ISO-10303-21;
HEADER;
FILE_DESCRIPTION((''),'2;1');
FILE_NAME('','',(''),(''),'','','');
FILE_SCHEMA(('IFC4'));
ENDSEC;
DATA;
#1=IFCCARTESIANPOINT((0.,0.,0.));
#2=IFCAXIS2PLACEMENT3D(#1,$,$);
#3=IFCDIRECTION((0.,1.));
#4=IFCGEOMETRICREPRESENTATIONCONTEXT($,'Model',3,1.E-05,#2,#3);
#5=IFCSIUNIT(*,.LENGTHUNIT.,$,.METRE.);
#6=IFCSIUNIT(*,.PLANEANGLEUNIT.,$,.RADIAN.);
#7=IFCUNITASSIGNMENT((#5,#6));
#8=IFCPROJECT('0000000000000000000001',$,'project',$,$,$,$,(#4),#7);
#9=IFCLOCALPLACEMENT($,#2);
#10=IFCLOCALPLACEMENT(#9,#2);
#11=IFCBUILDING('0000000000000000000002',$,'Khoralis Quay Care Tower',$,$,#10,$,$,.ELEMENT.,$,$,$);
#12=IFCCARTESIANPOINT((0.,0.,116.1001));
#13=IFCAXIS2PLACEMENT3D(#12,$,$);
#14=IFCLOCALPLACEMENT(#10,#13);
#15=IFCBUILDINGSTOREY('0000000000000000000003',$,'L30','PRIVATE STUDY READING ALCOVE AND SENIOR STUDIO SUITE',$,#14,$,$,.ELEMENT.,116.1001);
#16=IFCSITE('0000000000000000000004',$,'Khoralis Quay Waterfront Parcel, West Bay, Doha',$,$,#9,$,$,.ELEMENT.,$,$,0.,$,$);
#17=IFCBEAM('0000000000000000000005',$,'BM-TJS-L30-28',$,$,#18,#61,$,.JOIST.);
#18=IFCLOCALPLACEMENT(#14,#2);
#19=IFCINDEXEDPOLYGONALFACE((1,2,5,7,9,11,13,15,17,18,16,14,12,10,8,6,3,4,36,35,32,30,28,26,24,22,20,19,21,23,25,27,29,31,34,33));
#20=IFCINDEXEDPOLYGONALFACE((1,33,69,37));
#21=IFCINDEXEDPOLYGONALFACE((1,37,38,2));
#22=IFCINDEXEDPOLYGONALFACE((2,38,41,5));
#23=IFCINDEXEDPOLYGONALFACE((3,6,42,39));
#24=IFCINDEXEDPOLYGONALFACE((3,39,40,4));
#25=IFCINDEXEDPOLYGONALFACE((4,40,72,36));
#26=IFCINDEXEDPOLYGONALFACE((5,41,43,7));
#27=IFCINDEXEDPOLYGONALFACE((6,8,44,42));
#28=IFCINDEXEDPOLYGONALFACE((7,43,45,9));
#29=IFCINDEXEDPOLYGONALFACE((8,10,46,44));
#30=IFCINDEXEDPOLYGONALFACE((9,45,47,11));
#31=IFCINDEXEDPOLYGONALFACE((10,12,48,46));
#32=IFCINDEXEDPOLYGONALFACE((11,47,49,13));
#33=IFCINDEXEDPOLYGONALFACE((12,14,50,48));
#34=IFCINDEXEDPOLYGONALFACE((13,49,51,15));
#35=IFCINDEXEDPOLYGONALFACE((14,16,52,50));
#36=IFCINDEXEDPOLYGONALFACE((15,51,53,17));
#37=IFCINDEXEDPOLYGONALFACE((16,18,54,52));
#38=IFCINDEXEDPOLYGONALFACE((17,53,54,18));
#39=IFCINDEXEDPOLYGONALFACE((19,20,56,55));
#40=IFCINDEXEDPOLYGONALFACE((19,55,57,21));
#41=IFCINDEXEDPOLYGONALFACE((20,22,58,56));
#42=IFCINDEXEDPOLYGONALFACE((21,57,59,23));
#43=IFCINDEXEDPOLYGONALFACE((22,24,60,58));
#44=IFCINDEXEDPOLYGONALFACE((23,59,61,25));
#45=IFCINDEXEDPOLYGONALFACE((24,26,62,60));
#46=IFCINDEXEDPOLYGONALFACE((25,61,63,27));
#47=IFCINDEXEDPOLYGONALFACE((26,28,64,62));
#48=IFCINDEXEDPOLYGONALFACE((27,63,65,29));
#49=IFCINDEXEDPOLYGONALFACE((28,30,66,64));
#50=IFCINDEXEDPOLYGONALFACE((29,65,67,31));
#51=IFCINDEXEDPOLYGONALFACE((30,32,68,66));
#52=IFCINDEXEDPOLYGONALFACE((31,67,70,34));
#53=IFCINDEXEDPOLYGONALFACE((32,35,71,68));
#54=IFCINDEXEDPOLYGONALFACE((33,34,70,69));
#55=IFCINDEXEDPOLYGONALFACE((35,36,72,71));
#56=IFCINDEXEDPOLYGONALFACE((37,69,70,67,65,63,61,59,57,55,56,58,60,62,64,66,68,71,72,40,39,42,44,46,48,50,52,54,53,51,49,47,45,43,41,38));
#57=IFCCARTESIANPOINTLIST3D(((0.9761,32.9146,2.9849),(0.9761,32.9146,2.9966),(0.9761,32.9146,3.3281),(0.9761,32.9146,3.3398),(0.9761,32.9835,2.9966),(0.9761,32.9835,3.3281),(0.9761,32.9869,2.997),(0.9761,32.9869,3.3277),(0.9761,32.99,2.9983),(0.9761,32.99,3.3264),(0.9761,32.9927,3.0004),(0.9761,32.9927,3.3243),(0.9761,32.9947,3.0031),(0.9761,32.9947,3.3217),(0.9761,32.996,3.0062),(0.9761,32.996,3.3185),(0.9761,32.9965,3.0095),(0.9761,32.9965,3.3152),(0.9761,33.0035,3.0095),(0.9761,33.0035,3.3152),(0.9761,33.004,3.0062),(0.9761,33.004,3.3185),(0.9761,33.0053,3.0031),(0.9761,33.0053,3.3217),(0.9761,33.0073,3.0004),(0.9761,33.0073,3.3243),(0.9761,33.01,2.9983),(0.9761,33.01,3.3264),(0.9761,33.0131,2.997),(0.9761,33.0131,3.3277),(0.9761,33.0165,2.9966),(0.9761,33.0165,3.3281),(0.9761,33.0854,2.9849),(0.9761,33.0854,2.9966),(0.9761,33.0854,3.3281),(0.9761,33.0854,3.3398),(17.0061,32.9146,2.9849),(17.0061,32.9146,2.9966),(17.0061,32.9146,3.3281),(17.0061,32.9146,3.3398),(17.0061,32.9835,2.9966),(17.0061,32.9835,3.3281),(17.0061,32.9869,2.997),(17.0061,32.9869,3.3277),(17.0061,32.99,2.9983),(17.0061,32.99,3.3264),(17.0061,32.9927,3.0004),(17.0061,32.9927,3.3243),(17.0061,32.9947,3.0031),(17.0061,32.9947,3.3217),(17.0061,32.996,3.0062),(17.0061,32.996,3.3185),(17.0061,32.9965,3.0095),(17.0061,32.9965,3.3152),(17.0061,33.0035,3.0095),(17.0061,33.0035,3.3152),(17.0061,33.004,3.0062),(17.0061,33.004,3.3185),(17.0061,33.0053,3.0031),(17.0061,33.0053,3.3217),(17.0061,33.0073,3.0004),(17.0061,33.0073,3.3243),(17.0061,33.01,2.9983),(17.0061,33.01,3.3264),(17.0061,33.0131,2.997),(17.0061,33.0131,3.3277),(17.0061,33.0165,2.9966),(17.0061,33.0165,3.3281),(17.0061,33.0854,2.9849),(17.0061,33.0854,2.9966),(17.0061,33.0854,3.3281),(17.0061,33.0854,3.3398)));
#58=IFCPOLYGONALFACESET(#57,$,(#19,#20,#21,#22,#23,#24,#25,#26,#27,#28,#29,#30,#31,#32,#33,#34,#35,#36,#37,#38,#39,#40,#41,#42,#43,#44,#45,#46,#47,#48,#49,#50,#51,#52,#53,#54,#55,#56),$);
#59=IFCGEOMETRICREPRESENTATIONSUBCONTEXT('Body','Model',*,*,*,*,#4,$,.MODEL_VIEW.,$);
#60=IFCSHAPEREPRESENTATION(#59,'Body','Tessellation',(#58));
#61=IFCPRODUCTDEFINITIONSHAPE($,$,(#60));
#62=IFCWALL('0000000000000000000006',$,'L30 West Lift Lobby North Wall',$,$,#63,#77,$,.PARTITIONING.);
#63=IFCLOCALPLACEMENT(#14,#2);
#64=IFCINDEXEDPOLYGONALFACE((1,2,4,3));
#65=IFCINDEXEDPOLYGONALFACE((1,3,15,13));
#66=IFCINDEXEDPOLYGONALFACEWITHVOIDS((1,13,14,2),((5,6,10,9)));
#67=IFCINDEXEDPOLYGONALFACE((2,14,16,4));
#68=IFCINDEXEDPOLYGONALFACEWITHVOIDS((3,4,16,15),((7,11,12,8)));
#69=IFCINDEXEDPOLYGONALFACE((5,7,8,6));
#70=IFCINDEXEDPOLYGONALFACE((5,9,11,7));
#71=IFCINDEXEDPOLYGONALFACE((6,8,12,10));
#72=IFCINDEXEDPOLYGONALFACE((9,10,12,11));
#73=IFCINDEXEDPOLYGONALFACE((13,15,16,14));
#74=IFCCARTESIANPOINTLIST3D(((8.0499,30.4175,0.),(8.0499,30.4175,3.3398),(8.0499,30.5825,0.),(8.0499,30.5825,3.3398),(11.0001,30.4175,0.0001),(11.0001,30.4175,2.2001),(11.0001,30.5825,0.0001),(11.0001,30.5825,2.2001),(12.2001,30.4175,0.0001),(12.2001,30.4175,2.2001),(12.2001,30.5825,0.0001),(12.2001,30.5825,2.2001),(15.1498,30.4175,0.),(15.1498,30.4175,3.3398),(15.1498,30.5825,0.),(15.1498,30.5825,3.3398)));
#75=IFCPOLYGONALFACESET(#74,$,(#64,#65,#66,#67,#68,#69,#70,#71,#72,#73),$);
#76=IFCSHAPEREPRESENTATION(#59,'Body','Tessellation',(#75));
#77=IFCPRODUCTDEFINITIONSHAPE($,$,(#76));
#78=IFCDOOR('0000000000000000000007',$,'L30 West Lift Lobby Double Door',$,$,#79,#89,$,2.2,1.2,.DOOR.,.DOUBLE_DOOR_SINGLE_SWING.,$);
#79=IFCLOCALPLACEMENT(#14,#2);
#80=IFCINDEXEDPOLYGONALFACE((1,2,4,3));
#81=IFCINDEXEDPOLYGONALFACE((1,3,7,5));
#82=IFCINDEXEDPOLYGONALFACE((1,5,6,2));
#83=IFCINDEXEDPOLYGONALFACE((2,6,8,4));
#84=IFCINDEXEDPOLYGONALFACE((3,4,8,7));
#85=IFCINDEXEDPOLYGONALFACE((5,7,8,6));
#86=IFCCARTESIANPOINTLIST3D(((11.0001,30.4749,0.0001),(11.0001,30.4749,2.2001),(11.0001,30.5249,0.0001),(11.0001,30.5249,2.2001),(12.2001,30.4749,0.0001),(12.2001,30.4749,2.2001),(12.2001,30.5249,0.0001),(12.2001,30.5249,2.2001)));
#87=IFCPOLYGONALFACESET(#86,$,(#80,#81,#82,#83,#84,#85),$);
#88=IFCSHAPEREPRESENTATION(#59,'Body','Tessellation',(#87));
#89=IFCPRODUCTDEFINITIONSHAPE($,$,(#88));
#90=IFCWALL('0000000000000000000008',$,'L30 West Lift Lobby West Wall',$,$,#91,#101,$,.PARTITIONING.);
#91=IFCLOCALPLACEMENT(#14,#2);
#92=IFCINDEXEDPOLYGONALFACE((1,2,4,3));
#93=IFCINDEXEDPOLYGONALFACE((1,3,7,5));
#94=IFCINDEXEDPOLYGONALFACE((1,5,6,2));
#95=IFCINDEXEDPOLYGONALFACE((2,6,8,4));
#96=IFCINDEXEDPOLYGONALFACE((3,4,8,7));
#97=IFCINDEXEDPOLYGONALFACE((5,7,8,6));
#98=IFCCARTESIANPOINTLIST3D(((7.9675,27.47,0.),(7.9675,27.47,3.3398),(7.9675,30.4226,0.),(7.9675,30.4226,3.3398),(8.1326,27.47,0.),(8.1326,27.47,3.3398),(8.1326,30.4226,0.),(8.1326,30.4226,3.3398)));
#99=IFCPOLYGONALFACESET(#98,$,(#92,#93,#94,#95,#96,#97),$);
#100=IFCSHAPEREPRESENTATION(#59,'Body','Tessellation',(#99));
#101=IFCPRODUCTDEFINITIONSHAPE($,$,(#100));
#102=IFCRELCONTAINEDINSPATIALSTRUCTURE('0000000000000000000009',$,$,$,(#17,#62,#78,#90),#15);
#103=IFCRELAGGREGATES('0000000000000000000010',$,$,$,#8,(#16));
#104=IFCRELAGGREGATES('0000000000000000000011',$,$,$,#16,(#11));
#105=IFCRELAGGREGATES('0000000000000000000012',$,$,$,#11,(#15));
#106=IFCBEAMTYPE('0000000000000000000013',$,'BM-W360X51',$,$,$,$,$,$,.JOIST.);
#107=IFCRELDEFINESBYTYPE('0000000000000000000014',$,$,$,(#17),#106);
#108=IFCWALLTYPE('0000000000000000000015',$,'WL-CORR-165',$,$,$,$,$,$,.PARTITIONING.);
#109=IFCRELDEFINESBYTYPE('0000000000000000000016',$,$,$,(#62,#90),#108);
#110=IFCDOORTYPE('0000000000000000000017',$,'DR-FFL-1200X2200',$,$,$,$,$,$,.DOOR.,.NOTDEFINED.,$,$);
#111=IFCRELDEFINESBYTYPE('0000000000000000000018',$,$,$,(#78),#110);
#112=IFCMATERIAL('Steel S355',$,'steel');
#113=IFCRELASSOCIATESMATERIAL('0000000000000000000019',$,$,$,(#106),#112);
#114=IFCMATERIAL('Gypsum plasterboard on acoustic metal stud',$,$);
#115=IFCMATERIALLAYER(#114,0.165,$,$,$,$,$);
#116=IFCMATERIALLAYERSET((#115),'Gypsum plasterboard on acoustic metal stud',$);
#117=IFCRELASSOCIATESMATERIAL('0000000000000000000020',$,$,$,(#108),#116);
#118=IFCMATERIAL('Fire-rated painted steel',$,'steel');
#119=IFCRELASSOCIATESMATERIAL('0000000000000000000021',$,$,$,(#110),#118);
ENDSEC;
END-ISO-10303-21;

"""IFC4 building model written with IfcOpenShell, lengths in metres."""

from ifc_helpers import new_model, si_unit, direction, frame, frame_2d, origin, origin_2d, place, context, subcontext, project, spatial, rectangle, i_section, extrude, source, transform, mapped, material, layer, layer_set, material_profile, profile_set, type_object, element, fill, save


model = new_model("IFC4")

# Units and contexts
model_context = context("Model", 3, precision=1e-05, world=origin(), true_north=direction((0.0, 1.0)))
body_context = subcontext(model_context, "Body", "Model", "MODEL_VIEW")
ifc_project = project(units=[si_unit("LENGTHUNIT", "METRE"), si_unit("PLANEANGLEUNIT", "RADIAN")], contexts=[model_context])

# Site, building, storey
site_placement = place(None, origin())
site = spatial("IfcSite", under=ifc_project, at=site_placement, Name="Khoralis Quay Waterfront Parcel, West Bay, Doha", CompositionType="ELEMENT", RefElevation=0.0)
building_placement = place(site_placement, origin())
building = spatial("IfcBuilding", under=site, at=building_placement, Name="Khoralis Quay Care Tower", CompositionType="ELEMENT")
storey_placement = place(building_placement, frame((0.0, 0.0, 116.1001)))
storey = spatial("IfcBuildingStorey", under=building, at=storey_placement, Name="L30", Description="PRIVATE STUDY READING ALCOVE AND SENIOR STUDIO SUITE", CompositionType="ELEMENT", Elevation=116.1001)

# Beam
ifc_material_1 = material(Name="Steel S355", Category="steel")
ifc_material_profile_1 = material_profile(ifc_material_1, i_section(OverallWidth=0.1709, OverallDepth=0.355, WebThickness=0.0071, FlangeThickness=0.0117, FilletRadius=0.0129, at=origin_2d()), Name="Steel S355")
ifc_profile_set_1 = profile_set([ifc_material_profile_1], Name="Steel S355")
beam_type_1 = type_object("IfcBeamType", Name="BM-W360X51", PredefinedType="JOIST", material=ifc_profile_set_1)
shared_shape_1 = source(origin(), body_context, "Body", "SweptSolid", [
    extrude(i_section(OverallWidth=0.1709, OverallDepth=0.355, WebThickness=0.0071, FlangeThickness=0.0117, FilletRadius=0.0129, at=origin_2d()), origin(), (0.0, 0.0, 1.0), 16.03),
])
beam_1_placement = place(storey_placement, frame((0.9761, 33.0, 3.1624), z_axis=(1.0, 0.0, 0.0), x_axis=(0.0, 1.0, 0.0)))
element("IfcBeam", 1, at=beam_1_placement, inside=storey, type_object=beam_type_1, Name="BM-TJS-L30-28", PredefinedType="JOIST", context=body_context, shape_type="MappedRepresentation", body=[
    mapped(shared_shape_1, transform((0.0, 0.0, 0.0), scale=1.0)),
])

# Wall, opening, door
ifc_material_2 = material(Name="Gypsum plasterboard on acoustic metal stud")
ifc_layer_1 = layer(ifc_material_2, 0.165)
ifc_layer_set_1 = layer_set([ifc_layer_1], Name="Gypsum plasterboard on acoustic metal stud")
wall_type_1 = type_object("IfcWallType", Name="WL-CORR-165", PredefinedType="PARTITIONING", material=ifc_layer_set_1)
wall_1_placement = place(storey_placement, frame((8.05, 30.5, 0.0), z_axis=(0.0, 0.0, 1.0), x_axis=(1.0, 0.0, 0.0)))
wall_1 = element("IfcWall", 2, at=wall_1_placement, inside=storey, type_object=wall_type_1, Name="L30 West Lift Lobby North Wall", PredefinedType="PARTITIONING", context=body_context, shape_type="SweptSolid", body=[
    extrude(rectangle(XDim=7.0999, YDim=0.165, at=frame_2d((3.5498, 0.0))), origin(), (0.0, 0.0, 1.0), 3.3398),
])
opening_1_placement = place(wall_1_placement, frame((2.95, 0.0, 0.0)))
opening_1 = element("IfcOpeningElement", 3, at=opening_1_placement, cuts=wall_1, PredefinedType="OPENING", context=body_context, shape_type="SweptSolid", body=[
    extrude(rectangle(XDim=1.2, YDim=2.2, at=frame_2d((0.6001, 1.1001))), frame((0.0, 0.0925, 0.0), z_axis=(0.0, -1.0, 0.0), x_axis=(1.0, 0.0, 0.0)), (0.0, 0.0, 1.0), 0.1851),
])
ifc_material_3 = material(Name="Fire-rated painted steel", Category="steel")
door_type_1 = type_object("IfcDoorType", Name="DR-FFL-1200X2200", OperationType="NOTDEFINED", PredefinedType="DOOR", material=ifc_material_3)
shared_shape_2 = source(origin(), body_context, "Body", "SweptSolid", [
    extrude(rectangle(XDim=1.2, YDim=2.2, at=frame_2d((0.6001, 1.1001))), frame((0.0, 0.0249, 0.0), z_axis=(0.0, -1.0, 0.0), x_axis=(1.0, 0.0, 0.0)), (0.0, 0.0, 1.0), 0.05),
])
door_1_placement = place(opening_1_placement, origin())
door_1 = element("IfcDoor", 4, at=door_1_placement, inside=storey, type_object=door_type_1, Name="L30 West Lift Lobby Double Door", OperationType="DOUBLE_DOOR_SINGLE_SWING", OverallHeight=2.2, OverallWidth=1.2, PredefinedType="DOOR", context=body_context, shape_type="MappedRepresentation", body=[
    mapped(shared_shape_2, transform((0.0, 0.0, 0.0), scale=1.0)),
])
fill(opening_1, door_1)

# Wall
wall_2_placement = place(storey_placement, frame((8.05, 27.47, 0.0), z_axis=(0.0, 0.0, 1.0), x_axis=(0.0, 1.0, 0.0)))
element("IfcWall", 5, at=wall_2_placement, inside=storey, type_object=wall_type_1, Name="L30 West Lift Lobby West Wall", PredefinedType="PARTITIONING", context=body_context, shape_type="SweptSolid", body=[
    extrude(rectangle(XDim=2.9526, YDim=0.165, at=frame_2d((1.4763, 0.0))), origin(), (0.0, 0.0, 1.0), 3.3398),
])

save(model, "model.ifc")
